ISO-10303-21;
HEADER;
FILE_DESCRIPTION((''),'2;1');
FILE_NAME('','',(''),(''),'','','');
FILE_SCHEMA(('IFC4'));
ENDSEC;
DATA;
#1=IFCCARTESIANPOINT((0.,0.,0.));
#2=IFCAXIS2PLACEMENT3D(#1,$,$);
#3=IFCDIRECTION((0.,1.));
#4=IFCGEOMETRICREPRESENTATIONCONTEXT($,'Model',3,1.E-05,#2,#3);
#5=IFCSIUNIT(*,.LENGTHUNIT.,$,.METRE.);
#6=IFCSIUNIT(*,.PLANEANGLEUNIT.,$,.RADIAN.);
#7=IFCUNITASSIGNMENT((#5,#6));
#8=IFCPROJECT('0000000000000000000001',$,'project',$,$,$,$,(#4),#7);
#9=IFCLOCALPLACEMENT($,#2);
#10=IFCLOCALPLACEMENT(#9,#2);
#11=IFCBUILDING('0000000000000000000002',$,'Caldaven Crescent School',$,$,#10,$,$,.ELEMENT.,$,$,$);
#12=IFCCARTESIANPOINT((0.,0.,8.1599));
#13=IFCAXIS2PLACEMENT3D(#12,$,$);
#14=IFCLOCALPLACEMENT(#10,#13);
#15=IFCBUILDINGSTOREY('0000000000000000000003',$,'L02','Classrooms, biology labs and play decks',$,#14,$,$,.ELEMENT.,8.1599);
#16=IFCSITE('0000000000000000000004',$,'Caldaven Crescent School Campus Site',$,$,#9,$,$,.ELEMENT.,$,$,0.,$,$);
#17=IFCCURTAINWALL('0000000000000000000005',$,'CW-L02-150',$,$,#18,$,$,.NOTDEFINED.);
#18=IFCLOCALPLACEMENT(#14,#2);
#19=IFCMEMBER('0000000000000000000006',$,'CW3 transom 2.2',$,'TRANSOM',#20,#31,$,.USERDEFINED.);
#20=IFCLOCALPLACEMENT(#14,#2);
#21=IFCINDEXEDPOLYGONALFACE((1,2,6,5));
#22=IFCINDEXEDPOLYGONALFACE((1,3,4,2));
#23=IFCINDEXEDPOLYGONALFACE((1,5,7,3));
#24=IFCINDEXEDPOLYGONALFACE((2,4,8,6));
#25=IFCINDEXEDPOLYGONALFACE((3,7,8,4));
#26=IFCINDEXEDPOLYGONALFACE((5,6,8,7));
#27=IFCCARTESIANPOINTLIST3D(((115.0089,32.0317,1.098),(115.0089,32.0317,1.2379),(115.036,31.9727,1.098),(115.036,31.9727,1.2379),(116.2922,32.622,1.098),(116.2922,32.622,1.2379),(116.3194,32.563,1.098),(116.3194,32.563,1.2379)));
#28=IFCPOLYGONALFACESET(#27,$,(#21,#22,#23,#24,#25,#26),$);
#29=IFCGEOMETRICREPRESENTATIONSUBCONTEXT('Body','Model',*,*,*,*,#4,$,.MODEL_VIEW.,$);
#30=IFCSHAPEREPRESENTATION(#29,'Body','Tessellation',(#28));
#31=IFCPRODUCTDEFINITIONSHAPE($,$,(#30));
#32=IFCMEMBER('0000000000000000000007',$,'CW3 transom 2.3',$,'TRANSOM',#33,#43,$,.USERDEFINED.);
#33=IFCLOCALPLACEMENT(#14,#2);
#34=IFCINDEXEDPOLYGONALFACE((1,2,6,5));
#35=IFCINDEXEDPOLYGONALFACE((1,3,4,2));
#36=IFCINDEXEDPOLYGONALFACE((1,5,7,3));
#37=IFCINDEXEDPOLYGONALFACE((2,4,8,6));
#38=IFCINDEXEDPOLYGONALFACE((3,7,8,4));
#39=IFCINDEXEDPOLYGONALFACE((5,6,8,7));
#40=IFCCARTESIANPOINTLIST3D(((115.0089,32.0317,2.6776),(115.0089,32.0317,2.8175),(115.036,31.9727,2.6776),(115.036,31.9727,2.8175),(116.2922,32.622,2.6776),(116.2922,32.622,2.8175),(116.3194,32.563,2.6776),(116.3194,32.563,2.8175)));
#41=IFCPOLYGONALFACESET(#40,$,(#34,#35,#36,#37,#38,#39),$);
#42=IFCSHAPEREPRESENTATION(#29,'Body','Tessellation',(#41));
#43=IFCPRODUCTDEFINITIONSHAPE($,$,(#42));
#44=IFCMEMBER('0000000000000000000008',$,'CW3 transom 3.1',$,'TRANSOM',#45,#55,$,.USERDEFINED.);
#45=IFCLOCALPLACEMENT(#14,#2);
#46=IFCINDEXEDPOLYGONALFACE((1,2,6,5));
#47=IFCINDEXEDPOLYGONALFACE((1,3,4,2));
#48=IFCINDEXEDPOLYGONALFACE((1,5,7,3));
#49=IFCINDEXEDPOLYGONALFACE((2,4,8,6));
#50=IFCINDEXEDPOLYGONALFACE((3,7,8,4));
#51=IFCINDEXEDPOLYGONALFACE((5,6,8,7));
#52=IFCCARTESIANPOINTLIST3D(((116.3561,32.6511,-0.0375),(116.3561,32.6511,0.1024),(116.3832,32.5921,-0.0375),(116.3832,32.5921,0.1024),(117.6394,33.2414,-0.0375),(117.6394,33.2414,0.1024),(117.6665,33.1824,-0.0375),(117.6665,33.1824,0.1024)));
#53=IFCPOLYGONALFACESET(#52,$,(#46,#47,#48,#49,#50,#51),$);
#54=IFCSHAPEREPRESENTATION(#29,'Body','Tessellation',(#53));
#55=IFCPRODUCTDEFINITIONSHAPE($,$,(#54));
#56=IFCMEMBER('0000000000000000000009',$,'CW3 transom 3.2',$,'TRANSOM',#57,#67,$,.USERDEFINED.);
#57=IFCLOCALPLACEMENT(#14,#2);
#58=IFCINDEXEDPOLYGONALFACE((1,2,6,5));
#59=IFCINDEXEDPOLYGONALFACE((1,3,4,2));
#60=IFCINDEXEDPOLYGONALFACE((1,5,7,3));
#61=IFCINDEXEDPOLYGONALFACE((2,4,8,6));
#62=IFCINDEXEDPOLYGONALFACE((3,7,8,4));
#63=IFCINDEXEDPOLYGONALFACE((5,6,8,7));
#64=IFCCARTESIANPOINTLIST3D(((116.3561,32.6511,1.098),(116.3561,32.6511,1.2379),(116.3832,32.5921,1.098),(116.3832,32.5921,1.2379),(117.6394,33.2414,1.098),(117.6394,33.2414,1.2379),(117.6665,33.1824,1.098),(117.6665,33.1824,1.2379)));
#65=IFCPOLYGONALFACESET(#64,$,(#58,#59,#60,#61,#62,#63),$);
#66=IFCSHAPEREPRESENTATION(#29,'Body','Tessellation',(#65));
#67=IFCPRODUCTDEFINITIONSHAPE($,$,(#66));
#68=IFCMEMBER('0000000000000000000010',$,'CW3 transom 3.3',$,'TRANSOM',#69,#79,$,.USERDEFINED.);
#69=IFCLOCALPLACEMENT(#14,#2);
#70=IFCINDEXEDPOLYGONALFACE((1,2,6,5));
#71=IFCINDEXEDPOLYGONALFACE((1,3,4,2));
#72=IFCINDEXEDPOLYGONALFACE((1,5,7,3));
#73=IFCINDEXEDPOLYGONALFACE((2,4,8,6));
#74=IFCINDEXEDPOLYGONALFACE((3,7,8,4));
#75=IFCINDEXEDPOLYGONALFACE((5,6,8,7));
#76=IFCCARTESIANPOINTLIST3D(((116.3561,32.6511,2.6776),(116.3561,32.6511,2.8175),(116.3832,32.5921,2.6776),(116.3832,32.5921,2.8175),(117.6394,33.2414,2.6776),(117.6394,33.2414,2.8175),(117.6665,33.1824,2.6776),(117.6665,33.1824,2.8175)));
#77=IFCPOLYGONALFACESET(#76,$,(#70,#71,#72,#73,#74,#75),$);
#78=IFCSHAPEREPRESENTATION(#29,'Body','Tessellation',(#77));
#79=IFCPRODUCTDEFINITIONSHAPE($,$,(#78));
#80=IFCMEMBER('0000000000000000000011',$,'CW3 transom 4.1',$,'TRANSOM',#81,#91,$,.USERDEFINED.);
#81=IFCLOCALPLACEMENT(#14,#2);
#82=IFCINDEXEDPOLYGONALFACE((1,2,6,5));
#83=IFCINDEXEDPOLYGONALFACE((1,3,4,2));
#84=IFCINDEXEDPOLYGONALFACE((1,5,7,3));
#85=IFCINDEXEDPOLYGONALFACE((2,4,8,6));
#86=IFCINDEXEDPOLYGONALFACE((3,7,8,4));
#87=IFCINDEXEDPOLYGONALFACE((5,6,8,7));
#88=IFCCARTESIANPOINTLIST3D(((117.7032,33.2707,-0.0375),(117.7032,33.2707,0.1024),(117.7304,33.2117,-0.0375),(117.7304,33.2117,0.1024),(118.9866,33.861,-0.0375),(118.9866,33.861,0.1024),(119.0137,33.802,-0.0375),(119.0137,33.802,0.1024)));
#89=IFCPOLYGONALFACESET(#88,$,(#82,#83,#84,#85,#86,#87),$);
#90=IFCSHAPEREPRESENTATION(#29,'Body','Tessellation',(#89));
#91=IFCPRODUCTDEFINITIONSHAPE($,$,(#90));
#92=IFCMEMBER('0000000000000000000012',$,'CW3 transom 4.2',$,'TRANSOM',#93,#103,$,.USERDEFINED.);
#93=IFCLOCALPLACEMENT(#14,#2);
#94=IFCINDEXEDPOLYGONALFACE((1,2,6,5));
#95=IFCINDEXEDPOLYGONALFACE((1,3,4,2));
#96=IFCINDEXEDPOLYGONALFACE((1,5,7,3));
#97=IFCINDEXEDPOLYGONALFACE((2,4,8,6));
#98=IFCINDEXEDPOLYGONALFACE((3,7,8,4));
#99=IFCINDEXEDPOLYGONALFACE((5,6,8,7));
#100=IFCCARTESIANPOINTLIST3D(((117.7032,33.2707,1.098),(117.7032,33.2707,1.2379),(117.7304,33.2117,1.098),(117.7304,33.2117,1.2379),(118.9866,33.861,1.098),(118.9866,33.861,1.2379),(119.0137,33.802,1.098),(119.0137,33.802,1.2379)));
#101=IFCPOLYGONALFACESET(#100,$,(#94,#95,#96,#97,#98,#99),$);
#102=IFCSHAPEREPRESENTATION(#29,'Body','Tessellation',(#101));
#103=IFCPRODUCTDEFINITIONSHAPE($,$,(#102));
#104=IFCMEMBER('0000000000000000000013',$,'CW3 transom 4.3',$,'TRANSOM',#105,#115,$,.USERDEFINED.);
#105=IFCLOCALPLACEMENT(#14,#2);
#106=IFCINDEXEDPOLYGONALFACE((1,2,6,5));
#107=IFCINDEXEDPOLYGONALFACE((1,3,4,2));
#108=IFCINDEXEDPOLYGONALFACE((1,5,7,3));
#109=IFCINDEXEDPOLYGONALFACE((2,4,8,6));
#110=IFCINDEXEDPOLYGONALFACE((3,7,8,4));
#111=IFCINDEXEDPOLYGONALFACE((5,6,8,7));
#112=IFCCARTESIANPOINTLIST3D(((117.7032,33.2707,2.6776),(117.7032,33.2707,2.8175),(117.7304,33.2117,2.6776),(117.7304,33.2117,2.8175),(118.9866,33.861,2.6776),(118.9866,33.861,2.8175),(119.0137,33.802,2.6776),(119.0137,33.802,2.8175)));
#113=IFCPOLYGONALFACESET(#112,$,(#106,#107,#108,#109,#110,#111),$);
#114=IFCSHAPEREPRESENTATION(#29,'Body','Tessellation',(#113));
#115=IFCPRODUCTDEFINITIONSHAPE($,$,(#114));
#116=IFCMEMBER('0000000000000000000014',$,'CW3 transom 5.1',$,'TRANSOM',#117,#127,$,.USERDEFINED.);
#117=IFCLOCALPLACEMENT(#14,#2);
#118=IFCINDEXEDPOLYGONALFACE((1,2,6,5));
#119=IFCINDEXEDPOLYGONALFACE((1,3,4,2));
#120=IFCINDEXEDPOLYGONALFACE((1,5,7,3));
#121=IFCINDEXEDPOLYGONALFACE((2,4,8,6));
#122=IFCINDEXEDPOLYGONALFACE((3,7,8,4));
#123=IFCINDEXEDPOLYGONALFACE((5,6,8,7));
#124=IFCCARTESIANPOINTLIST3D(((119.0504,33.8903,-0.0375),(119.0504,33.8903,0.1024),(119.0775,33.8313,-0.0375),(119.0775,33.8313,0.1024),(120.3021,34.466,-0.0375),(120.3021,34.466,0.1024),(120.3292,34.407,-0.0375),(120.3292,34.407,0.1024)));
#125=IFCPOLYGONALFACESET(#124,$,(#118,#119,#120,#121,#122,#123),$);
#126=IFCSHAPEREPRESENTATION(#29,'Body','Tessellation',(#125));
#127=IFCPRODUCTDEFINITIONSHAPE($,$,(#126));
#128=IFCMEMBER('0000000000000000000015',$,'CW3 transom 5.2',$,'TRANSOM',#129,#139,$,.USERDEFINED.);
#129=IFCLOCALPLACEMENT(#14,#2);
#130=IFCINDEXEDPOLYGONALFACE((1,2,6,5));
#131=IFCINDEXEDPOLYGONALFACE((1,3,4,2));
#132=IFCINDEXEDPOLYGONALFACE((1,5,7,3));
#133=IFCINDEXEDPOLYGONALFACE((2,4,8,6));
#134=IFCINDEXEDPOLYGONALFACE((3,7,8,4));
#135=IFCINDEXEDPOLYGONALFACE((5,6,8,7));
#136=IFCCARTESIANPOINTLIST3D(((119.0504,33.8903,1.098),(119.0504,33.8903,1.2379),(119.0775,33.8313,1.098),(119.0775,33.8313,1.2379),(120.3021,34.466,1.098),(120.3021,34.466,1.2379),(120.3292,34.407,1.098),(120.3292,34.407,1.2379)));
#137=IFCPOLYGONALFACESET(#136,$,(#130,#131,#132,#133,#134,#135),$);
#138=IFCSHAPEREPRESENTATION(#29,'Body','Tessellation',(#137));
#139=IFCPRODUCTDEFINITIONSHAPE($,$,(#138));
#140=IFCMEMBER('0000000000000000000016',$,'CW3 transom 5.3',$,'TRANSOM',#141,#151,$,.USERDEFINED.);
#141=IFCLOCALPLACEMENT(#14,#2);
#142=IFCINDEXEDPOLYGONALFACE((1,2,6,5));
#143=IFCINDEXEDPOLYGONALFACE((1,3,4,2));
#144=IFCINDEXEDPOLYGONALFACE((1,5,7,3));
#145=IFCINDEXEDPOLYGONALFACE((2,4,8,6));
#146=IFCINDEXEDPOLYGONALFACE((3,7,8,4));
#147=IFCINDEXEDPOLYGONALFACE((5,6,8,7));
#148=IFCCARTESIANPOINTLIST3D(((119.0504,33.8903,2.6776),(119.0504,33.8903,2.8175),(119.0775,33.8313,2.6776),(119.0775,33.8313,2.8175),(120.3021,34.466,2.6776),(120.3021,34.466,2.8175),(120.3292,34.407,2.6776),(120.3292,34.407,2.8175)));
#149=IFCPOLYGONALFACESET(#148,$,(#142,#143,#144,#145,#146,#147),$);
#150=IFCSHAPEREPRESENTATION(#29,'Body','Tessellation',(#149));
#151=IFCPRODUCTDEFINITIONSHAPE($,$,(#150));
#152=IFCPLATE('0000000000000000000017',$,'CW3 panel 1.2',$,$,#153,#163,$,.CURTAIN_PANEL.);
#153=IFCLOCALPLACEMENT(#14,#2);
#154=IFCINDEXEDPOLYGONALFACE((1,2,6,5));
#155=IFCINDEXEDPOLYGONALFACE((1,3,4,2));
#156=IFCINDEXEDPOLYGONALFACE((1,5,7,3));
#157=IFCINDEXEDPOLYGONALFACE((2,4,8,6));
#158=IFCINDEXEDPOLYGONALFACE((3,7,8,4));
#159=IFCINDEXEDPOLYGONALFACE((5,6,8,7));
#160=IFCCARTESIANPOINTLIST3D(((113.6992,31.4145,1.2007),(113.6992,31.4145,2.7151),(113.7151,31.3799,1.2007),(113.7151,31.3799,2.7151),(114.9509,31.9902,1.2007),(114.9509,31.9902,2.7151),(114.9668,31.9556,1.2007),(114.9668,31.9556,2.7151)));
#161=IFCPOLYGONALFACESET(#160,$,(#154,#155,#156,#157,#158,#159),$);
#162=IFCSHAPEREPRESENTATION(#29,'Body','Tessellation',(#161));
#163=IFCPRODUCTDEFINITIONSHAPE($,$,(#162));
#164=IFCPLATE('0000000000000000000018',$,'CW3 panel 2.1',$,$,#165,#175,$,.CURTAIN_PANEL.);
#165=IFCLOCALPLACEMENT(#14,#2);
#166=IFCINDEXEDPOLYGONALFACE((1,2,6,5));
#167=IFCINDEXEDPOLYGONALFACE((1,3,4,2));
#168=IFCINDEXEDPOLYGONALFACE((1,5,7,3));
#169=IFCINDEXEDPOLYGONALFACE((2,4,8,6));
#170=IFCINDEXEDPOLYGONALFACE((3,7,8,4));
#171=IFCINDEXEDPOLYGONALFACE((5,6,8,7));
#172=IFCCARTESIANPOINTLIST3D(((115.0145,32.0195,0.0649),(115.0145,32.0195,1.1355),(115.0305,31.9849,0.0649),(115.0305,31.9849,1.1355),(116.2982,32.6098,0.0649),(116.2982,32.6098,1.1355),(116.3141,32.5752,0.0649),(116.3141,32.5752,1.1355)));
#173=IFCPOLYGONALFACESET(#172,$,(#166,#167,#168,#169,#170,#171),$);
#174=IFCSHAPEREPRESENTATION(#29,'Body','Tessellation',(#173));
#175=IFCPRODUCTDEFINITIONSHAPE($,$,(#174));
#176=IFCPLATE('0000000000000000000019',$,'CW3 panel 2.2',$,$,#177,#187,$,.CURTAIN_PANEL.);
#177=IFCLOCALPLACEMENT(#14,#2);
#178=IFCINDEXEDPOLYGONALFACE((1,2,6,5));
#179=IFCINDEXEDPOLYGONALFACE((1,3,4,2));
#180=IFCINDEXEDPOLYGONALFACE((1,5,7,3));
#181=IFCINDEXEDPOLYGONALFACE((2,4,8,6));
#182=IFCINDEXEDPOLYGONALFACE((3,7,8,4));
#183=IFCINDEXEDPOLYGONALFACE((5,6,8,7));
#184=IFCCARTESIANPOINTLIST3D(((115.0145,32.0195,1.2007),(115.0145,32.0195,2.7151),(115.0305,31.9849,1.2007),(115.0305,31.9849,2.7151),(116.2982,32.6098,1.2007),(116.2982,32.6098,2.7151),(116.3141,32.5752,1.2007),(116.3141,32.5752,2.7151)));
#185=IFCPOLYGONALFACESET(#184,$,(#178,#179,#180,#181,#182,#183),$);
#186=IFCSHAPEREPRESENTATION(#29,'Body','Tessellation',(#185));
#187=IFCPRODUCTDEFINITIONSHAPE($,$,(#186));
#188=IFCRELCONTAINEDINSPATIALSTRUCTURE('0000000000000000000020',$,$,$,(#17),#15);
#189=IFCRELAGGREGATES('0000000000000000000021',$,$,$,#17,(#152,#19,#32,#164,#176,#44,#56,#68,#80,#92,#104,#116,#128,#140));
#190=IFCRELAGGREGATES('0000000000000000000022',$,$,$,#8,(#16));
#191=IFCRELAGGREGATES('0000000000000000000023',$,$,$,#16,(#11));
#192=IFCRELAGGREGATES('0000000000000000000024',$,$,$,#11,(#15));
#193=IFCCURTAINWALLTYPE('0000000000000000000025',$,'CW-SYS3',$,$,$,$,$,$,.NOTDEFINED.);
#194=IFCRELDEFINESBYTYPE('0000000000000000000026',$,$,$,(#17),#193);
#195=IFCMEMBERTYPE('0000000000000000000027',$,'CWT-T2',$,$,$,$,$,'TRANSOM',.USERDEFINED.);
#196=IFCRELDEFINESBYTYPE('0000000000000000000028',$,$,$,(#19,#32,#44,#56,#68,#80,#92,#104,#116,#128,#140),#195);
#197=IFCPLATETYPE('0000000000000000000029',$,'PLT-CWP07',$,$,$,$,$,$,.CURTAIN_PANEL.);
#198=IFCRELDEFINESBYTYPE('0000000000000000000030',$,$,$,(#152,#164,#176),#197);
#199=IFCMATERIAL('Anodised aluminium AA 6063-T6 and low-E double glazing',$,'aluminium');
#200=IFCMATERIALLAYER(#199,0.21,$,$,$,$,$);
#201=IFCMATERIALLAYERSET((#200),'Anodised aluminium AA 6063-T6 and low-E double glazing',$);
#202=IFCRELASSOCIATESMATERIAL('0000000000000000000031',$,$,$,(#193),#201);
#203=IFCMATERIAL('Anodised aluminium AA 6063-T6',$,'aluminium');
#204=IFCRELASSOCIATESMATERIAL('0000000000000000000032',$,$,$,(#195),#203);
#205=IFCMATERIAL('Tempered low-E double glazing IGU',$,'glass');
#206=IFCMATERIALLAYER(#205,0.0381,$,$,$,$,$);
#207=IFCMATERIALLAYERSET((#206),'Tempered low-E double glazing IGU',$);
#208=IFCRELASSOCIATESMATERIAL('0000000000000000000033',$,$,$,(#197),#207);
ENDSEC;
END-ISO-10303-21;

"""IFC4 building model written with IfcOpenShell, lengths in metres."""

from ifc_helpers import new_model, si_unit, direction, frame, origin, origin_2d, place, context, subcontext, project, spatial, rectangle, extrude, material, layer, layer_set, material_profile, profile_set, type_object, element, aggregate, save


model = new_model("IFC4")

# Units and contexts
model_context = context("Model", 3, precision=1e-05, world=origin(), true_north=direction((0.0, 1.0)))
body_context = subcontext(model_context, "Body", "Model", "MODEL_VIEW")
ifc_project = project(units=[si_unit("LENGTHUNIT", "METRE"), si_unit("PLANEANGLEUNIT", "RADIAN")], contexts=[model_context])

# Site, building, storey
site_placement = place(None, origin())
site = spatial("IfcSite", under=ifc_project, at=site_placement, Name="Caldaven Crescent School Campus Site", CompositionType="ELEMENT", RefElevation=0.0)
building_placement = place(site_placement, origin())
building = spatial("IfcBuilding", under=site, at=building_placement, Name="Caldaven Crescent School", CompositionType="ELEMENT")
storey_placement = place(building_placement, frame((0.0, 0.0, 8.1599)))
storey = spatial("IfcBuildingStorey", under=building, at=storey_placement, Name="L02", Description="Classrooms, biology labs and play decks", CompositionType="ELEMENT", Elevation=8.1599)

# Curtain wall, members, plates
ifc_material_1 = material(Name="Anodised aluminium AA 6063-T6 and low-E double glazing", Category="aluminium")
ifc_layer_1 = layer(ifc_material_1, 0.21)
ifc_layer_set_1 = layer_set([ifc_layer_1], Name="Anodised aluminium AA 6063-T6 and low-E double glazing")
curtain_wall_type = type_object("IfcCurtainWallType", Name="CW-SYS3", PredefinedType="NOTDEFINED", material=ifc_layer_set_1)
curtain_wall_placement = place(storey_placement, origin())
curtain_wall = element("IfcCurtainWall", 1, at=curtain_wall_placement, inside=storey, type_object=curtain_wall_type, Name="CW-L02-150", PredefinedType="NOTDEFINED")
ifc_material_2 = material(Name="Anodised aluminium AA 6063-T6", Category="aluminium")
ifc_material_profile_1 = material_profile(ifc_material_2, rectangle(XDim=0.0649, YDim=0.1399, at=origin_2d()), Name="CWT 65x140")
ifc_profile_set_1 = profile_set([ifc_material_profile_1], Name="Anodised aluminium AA 6063-T6")
member_type_1 = type_object("IfcMemberType", Name="CWT-T2", ElementType="TRANSOM", PredefinedType="USERDEFINED", material=ifc_profile_set_1)
member_1_placement = place(storey_placement, frame((115.0225, 32.0022, 1.168), z_axis=(0.908505, 0.417874, 0.0), x_axis=(-0.417874, 0.908505, 0.0)))
member_1 = element("IfcMember", 2, at=member_1_placement, type_object=member_type_1, Name="CW3 transom 2.2", ObjectType="TRANSOM", PredefinedType="USERDEFINED", context=body_context, shape_type="SweptSolid", body=[
    extrude(rectangle(XDim=0.0649, YDim=0.1399, at=origin_2d()), origin(), (0.0, 0.0, 1.0), 1.4126),
])
member_2_placement = place(storey_placement, frame((115.0225, 32.0022, 2.7476), z_axis=(0.908505, 0.417874, 0.0), x_axis=(-0.417874, 0.908505, 0.0)))
member_2 = element("IfcMember", 3, at=member_2_placement, type_object=member_type_1, Name="CW3 transom 2.3", ObjectType="TRANSOM", PredefinedType="USERDEFINED", context=body_context, shape_type="SweptSolid", body=[
    extrude(rectangle(XDim=0.0649, YDim=0.1399, at=origin_2d()), origin(), (0.0, 0.0, 1.0), 1.4126),
])
member_3_placement = place(storey_placement, frame((116.3696, 32.6216, 0.0325), z_axis=(0.908505, 0.417874, 0.0), x_axis=(-0.417874, 0.908505, 0.0)))
member_3 = element("IfcMember", 4, at=member_3_placement, type_object=member_type_1, Name="CW3 transom 3.1", ObjectType="TRANSOM", PredefinedType="USERDEFINED", context=body_context, shape_type="SweptSolid", body=[
    extrude(rectangle(XDim=0.0649, YDim=0.1399, at=origin_2d()), origin(), (0.0, 0.0, 1.0), 1.4126),
])
member_4_placement = place(storey_placement, frame((116.3696, 32.6216, 1.168), z_axis=(0.908505, 0.417874, 0.0), x_axis=(-0.417874, 0.908505, 0.0)))
member_4 = element("IfcMember", 5, at=member_4_placement, type_object=member_type_1, Name="CW3 transom 3.2", ObjectType="TRANSOM", PredefinedType="USERDEFINED", context=body_context, shape_type="SweptSolid", body=[
    extrude(rectangle(XDim=0.0649, YDim=0.1399, at=origin_2d()), origin(), (0.0, 0.0, 1.0), 1.4126),
])
member_5_placement = place(storey_placement, frame((116.3696, 32.6216, 2.7476), z_axis=(0.908505, 0.417874, 0.0), x_axis=(-0.417874, 0.908505, 0.0)))
member_5 = element("IfcMember", 6, at=member_5_placement, type_object=member_type_1, Name="CW3 transom 3.3", ObjectType="TRANSOM", PredefinedType="USERDEFINED", context=body_context, shape_type="SweptSolid", body=[
    extrude(rectangle(XDim=0.0649, YDim=0.1399, at=origin_2d()), origin(), (0.0, 0.0, 1.0), 1.4126),
])
member_6_placement = place(storey_placement, frame((117.7168, 33.2412, 0.0325), z_axis=(0.908505, 0.417874, 0.0), x_axis=(-0.417874, 0.908505, 0.0)))
member_6 = element("IfcMember", 7, at=member_6_placement, type_object=member_type_1, Name="CW3 transom 4.1", ObjectType="TRANSOM", PredefinedType="USERDEFINED", context=body_context, shape_type="SweptSolid", body=[
    extrude(rectangle(XDim=0.0649, YDim=0.1399, at=origin_2d()), origin(), (0.0, 0.0, 1.0), 1.4126),
])
member_7_placement = place(storey_placement, frame((117.7168, 33.2412, 1.168), z_axis=(0.908505, 0.417874, 0.0), x_axis=(-0.417874, 0.908505, 0.0)))
member_7 = element("IfcMember", 8, at=member_7_placement, type_object=member_type_1, Name="CW3 transom 4.2", ObjectType="TRANSOM", PredefinedType="USERDEFINED", context=body_context, shape_type="SweptSolid", body=[
    extrude(rectangle(XDim=0.0649, YDim=0.1399, at=origin_2d()), origin(), (0.0, 0.0, 1.0), 1.4126),
])
member_8_placement = place(storey_placement, frame((117.7168, 33.2412, 2.7476), z_axis=(0.908505, 0.417874, 0.0), x_axis=(-0.417874, 0.908505, 0.0)))
member_8 = element("IfcMember", 9, at=member_8_placement, type_object=member_type_1, Name="CW3 transom 4.3", ObjectType="TRANSOM", PredefinedType="USERDEFINED", context=body_context, shape_type="SweptSolid", body=[
    extrude(rectangle(XDim=0.0649, YDim=0.1399, at=origin_2d()), origin(), (0.0, 0.0, 1.0), 1.4126),
])
member_9_placement = place(storey_placement, frame((119.064, 33.8608, 0.0325), z_axis=(0.908519, 0.417844, 0.0), x_axis=(-0.417844, 0.908519, 0.0)))
member_9 = element("IfcMember", 10, at=member_9_placement, type_object=member_type_1, Name="CW3 transom 5.1", ObjectType="TRANSOM", PredefinedType="USERDEFINED", context=body_context, shape_type="SweptSolid", body=[
    extrude(rectangle(XDim=0.0649, YDim=0.1399, at=origin_2d()), origin(), (0.0, 0.0, 1.0), 1.3777),
])
member_10_placement = place(storey_placement, frame((119.064, 33.8608, 1.168), z_axis=(0.908519, 0.417844, 0.0), x_axis=(-0.417844, 0.908519, 0.0)))
member_10 = element("IfcMember", 11, at=member_10_placement, type_object=member_type_1, Name="CW3 transom 5.2", ObjectType="TRANSOM", PredefinedType="USERDEFINED", context=body_context, shape_type="SweptSolid", body=[
    extrude(rectangle(XDim=0.0649, YDim=0.1399, at=origin_2d()), origin(), (0.0, 0.0, 1.0), 1.3777),
])
member_11_placement = place(storey_placement, frame((119.064, 33.8608, 2.7476), z_axis=(0.908519, 0.417844, 0.0), x_axis=(-0.417844, 0.908519, 0.0)))
member_11 = element("IfcMember", 12, at=member_11_placement, type_object=member_type_1, Name="CW3 transom 5.3", ObjectType="TRANSOM", PredefinedType="USERDEFINED", context=body_context, shape_type="SweptSolid", body=[
    extrude(rectangle(XDim=0.0649, YDim=0.1399, at=origin_2d()), origin(), (0.0, 0.0, 1.0), 1.3777),
])
ifc_material_3 = material(Name="Tempered low-E double glazing IGU", Category="glass")
ifc_layer_2 = layer(ifc_material_3, 0.0381)
ifc_layer_set_2 = layer_set([ifc_layer_2], Name="Tempered low-E double glazing IGU")
plate_type = type_object("IfcPlateType", Name="PLT-CWP07", PredefinedType="CURTAIN_PANEL", material=ifc_layer_set_2)
plate_1_placement = place(storey_placement, frame((114.333, 31.6851, 1.2007), z_axis=(0.0, 0.0, 1.0), x_axis=(0.908528, 0.417823, 0.0)))
plate_1 = element("IfcPlate", 13, at=plate_1_placement, type_object=plate_type, Name="CW3 panel 1.2", PredefinedType="CURTAIN_PANEL", context=body_context, shape_type="SweptSolid", body=[
    extrude(rectangle(XDim=1.3777, YDim=0.0381, at=origin_2d()), origin(), (0.0, 0.0, 1.0), 1.5144),
])
plate_2_placement = place(storey_placement, frame((115.6643, 32.2974, 0.0649), z_axis=(0.0, 0.0, 1.0), x_axis=(0.908528, 0.417823, 0.0)))
plate_2 = element("IfcPlate", 14, at=plate_2_placement, type_object=plate_type, Name="CW3 panel 2.1", PredefinedType="CURTAIN_PANEL", context=body_context, shape_type="SweptSolid", body=[
    extrude(rectangle(XDim=1.4128, YDim=0.0381, at=origin_2d()), origin(), (0.0, 0.0, 1.0), 1.0706),
])
plate_3_placement = place(storey_placement, frame((115.6643, 32.2974, 1.2007), z_axis=(0.0, 0.0, 1.0), x_axis=(0.908528, 0.417823, 0.0)))
plate_3 = element("IfcPlate", 15, at=plate_3_placement, type_object=plate_type, Name="CW3 panel 2.2", PredefinedType="CURTAIN_PANEL", context=body_context, shape_type="SweptSolid", body=[
    extrude(rectangle(XDim=1.4128, YDim=0.0381, at=origin_2d()), origin(), (0.0, 0.0, 1.0), 1.5144),
])
aggregate(curtain_wall, [plate_1, member_1, member_2, plate_2, plate_3, member_3, member_4, member_5, member_6, member_7, member_8, member_9, member_10, member_11])

save(model, "model.ifc")
